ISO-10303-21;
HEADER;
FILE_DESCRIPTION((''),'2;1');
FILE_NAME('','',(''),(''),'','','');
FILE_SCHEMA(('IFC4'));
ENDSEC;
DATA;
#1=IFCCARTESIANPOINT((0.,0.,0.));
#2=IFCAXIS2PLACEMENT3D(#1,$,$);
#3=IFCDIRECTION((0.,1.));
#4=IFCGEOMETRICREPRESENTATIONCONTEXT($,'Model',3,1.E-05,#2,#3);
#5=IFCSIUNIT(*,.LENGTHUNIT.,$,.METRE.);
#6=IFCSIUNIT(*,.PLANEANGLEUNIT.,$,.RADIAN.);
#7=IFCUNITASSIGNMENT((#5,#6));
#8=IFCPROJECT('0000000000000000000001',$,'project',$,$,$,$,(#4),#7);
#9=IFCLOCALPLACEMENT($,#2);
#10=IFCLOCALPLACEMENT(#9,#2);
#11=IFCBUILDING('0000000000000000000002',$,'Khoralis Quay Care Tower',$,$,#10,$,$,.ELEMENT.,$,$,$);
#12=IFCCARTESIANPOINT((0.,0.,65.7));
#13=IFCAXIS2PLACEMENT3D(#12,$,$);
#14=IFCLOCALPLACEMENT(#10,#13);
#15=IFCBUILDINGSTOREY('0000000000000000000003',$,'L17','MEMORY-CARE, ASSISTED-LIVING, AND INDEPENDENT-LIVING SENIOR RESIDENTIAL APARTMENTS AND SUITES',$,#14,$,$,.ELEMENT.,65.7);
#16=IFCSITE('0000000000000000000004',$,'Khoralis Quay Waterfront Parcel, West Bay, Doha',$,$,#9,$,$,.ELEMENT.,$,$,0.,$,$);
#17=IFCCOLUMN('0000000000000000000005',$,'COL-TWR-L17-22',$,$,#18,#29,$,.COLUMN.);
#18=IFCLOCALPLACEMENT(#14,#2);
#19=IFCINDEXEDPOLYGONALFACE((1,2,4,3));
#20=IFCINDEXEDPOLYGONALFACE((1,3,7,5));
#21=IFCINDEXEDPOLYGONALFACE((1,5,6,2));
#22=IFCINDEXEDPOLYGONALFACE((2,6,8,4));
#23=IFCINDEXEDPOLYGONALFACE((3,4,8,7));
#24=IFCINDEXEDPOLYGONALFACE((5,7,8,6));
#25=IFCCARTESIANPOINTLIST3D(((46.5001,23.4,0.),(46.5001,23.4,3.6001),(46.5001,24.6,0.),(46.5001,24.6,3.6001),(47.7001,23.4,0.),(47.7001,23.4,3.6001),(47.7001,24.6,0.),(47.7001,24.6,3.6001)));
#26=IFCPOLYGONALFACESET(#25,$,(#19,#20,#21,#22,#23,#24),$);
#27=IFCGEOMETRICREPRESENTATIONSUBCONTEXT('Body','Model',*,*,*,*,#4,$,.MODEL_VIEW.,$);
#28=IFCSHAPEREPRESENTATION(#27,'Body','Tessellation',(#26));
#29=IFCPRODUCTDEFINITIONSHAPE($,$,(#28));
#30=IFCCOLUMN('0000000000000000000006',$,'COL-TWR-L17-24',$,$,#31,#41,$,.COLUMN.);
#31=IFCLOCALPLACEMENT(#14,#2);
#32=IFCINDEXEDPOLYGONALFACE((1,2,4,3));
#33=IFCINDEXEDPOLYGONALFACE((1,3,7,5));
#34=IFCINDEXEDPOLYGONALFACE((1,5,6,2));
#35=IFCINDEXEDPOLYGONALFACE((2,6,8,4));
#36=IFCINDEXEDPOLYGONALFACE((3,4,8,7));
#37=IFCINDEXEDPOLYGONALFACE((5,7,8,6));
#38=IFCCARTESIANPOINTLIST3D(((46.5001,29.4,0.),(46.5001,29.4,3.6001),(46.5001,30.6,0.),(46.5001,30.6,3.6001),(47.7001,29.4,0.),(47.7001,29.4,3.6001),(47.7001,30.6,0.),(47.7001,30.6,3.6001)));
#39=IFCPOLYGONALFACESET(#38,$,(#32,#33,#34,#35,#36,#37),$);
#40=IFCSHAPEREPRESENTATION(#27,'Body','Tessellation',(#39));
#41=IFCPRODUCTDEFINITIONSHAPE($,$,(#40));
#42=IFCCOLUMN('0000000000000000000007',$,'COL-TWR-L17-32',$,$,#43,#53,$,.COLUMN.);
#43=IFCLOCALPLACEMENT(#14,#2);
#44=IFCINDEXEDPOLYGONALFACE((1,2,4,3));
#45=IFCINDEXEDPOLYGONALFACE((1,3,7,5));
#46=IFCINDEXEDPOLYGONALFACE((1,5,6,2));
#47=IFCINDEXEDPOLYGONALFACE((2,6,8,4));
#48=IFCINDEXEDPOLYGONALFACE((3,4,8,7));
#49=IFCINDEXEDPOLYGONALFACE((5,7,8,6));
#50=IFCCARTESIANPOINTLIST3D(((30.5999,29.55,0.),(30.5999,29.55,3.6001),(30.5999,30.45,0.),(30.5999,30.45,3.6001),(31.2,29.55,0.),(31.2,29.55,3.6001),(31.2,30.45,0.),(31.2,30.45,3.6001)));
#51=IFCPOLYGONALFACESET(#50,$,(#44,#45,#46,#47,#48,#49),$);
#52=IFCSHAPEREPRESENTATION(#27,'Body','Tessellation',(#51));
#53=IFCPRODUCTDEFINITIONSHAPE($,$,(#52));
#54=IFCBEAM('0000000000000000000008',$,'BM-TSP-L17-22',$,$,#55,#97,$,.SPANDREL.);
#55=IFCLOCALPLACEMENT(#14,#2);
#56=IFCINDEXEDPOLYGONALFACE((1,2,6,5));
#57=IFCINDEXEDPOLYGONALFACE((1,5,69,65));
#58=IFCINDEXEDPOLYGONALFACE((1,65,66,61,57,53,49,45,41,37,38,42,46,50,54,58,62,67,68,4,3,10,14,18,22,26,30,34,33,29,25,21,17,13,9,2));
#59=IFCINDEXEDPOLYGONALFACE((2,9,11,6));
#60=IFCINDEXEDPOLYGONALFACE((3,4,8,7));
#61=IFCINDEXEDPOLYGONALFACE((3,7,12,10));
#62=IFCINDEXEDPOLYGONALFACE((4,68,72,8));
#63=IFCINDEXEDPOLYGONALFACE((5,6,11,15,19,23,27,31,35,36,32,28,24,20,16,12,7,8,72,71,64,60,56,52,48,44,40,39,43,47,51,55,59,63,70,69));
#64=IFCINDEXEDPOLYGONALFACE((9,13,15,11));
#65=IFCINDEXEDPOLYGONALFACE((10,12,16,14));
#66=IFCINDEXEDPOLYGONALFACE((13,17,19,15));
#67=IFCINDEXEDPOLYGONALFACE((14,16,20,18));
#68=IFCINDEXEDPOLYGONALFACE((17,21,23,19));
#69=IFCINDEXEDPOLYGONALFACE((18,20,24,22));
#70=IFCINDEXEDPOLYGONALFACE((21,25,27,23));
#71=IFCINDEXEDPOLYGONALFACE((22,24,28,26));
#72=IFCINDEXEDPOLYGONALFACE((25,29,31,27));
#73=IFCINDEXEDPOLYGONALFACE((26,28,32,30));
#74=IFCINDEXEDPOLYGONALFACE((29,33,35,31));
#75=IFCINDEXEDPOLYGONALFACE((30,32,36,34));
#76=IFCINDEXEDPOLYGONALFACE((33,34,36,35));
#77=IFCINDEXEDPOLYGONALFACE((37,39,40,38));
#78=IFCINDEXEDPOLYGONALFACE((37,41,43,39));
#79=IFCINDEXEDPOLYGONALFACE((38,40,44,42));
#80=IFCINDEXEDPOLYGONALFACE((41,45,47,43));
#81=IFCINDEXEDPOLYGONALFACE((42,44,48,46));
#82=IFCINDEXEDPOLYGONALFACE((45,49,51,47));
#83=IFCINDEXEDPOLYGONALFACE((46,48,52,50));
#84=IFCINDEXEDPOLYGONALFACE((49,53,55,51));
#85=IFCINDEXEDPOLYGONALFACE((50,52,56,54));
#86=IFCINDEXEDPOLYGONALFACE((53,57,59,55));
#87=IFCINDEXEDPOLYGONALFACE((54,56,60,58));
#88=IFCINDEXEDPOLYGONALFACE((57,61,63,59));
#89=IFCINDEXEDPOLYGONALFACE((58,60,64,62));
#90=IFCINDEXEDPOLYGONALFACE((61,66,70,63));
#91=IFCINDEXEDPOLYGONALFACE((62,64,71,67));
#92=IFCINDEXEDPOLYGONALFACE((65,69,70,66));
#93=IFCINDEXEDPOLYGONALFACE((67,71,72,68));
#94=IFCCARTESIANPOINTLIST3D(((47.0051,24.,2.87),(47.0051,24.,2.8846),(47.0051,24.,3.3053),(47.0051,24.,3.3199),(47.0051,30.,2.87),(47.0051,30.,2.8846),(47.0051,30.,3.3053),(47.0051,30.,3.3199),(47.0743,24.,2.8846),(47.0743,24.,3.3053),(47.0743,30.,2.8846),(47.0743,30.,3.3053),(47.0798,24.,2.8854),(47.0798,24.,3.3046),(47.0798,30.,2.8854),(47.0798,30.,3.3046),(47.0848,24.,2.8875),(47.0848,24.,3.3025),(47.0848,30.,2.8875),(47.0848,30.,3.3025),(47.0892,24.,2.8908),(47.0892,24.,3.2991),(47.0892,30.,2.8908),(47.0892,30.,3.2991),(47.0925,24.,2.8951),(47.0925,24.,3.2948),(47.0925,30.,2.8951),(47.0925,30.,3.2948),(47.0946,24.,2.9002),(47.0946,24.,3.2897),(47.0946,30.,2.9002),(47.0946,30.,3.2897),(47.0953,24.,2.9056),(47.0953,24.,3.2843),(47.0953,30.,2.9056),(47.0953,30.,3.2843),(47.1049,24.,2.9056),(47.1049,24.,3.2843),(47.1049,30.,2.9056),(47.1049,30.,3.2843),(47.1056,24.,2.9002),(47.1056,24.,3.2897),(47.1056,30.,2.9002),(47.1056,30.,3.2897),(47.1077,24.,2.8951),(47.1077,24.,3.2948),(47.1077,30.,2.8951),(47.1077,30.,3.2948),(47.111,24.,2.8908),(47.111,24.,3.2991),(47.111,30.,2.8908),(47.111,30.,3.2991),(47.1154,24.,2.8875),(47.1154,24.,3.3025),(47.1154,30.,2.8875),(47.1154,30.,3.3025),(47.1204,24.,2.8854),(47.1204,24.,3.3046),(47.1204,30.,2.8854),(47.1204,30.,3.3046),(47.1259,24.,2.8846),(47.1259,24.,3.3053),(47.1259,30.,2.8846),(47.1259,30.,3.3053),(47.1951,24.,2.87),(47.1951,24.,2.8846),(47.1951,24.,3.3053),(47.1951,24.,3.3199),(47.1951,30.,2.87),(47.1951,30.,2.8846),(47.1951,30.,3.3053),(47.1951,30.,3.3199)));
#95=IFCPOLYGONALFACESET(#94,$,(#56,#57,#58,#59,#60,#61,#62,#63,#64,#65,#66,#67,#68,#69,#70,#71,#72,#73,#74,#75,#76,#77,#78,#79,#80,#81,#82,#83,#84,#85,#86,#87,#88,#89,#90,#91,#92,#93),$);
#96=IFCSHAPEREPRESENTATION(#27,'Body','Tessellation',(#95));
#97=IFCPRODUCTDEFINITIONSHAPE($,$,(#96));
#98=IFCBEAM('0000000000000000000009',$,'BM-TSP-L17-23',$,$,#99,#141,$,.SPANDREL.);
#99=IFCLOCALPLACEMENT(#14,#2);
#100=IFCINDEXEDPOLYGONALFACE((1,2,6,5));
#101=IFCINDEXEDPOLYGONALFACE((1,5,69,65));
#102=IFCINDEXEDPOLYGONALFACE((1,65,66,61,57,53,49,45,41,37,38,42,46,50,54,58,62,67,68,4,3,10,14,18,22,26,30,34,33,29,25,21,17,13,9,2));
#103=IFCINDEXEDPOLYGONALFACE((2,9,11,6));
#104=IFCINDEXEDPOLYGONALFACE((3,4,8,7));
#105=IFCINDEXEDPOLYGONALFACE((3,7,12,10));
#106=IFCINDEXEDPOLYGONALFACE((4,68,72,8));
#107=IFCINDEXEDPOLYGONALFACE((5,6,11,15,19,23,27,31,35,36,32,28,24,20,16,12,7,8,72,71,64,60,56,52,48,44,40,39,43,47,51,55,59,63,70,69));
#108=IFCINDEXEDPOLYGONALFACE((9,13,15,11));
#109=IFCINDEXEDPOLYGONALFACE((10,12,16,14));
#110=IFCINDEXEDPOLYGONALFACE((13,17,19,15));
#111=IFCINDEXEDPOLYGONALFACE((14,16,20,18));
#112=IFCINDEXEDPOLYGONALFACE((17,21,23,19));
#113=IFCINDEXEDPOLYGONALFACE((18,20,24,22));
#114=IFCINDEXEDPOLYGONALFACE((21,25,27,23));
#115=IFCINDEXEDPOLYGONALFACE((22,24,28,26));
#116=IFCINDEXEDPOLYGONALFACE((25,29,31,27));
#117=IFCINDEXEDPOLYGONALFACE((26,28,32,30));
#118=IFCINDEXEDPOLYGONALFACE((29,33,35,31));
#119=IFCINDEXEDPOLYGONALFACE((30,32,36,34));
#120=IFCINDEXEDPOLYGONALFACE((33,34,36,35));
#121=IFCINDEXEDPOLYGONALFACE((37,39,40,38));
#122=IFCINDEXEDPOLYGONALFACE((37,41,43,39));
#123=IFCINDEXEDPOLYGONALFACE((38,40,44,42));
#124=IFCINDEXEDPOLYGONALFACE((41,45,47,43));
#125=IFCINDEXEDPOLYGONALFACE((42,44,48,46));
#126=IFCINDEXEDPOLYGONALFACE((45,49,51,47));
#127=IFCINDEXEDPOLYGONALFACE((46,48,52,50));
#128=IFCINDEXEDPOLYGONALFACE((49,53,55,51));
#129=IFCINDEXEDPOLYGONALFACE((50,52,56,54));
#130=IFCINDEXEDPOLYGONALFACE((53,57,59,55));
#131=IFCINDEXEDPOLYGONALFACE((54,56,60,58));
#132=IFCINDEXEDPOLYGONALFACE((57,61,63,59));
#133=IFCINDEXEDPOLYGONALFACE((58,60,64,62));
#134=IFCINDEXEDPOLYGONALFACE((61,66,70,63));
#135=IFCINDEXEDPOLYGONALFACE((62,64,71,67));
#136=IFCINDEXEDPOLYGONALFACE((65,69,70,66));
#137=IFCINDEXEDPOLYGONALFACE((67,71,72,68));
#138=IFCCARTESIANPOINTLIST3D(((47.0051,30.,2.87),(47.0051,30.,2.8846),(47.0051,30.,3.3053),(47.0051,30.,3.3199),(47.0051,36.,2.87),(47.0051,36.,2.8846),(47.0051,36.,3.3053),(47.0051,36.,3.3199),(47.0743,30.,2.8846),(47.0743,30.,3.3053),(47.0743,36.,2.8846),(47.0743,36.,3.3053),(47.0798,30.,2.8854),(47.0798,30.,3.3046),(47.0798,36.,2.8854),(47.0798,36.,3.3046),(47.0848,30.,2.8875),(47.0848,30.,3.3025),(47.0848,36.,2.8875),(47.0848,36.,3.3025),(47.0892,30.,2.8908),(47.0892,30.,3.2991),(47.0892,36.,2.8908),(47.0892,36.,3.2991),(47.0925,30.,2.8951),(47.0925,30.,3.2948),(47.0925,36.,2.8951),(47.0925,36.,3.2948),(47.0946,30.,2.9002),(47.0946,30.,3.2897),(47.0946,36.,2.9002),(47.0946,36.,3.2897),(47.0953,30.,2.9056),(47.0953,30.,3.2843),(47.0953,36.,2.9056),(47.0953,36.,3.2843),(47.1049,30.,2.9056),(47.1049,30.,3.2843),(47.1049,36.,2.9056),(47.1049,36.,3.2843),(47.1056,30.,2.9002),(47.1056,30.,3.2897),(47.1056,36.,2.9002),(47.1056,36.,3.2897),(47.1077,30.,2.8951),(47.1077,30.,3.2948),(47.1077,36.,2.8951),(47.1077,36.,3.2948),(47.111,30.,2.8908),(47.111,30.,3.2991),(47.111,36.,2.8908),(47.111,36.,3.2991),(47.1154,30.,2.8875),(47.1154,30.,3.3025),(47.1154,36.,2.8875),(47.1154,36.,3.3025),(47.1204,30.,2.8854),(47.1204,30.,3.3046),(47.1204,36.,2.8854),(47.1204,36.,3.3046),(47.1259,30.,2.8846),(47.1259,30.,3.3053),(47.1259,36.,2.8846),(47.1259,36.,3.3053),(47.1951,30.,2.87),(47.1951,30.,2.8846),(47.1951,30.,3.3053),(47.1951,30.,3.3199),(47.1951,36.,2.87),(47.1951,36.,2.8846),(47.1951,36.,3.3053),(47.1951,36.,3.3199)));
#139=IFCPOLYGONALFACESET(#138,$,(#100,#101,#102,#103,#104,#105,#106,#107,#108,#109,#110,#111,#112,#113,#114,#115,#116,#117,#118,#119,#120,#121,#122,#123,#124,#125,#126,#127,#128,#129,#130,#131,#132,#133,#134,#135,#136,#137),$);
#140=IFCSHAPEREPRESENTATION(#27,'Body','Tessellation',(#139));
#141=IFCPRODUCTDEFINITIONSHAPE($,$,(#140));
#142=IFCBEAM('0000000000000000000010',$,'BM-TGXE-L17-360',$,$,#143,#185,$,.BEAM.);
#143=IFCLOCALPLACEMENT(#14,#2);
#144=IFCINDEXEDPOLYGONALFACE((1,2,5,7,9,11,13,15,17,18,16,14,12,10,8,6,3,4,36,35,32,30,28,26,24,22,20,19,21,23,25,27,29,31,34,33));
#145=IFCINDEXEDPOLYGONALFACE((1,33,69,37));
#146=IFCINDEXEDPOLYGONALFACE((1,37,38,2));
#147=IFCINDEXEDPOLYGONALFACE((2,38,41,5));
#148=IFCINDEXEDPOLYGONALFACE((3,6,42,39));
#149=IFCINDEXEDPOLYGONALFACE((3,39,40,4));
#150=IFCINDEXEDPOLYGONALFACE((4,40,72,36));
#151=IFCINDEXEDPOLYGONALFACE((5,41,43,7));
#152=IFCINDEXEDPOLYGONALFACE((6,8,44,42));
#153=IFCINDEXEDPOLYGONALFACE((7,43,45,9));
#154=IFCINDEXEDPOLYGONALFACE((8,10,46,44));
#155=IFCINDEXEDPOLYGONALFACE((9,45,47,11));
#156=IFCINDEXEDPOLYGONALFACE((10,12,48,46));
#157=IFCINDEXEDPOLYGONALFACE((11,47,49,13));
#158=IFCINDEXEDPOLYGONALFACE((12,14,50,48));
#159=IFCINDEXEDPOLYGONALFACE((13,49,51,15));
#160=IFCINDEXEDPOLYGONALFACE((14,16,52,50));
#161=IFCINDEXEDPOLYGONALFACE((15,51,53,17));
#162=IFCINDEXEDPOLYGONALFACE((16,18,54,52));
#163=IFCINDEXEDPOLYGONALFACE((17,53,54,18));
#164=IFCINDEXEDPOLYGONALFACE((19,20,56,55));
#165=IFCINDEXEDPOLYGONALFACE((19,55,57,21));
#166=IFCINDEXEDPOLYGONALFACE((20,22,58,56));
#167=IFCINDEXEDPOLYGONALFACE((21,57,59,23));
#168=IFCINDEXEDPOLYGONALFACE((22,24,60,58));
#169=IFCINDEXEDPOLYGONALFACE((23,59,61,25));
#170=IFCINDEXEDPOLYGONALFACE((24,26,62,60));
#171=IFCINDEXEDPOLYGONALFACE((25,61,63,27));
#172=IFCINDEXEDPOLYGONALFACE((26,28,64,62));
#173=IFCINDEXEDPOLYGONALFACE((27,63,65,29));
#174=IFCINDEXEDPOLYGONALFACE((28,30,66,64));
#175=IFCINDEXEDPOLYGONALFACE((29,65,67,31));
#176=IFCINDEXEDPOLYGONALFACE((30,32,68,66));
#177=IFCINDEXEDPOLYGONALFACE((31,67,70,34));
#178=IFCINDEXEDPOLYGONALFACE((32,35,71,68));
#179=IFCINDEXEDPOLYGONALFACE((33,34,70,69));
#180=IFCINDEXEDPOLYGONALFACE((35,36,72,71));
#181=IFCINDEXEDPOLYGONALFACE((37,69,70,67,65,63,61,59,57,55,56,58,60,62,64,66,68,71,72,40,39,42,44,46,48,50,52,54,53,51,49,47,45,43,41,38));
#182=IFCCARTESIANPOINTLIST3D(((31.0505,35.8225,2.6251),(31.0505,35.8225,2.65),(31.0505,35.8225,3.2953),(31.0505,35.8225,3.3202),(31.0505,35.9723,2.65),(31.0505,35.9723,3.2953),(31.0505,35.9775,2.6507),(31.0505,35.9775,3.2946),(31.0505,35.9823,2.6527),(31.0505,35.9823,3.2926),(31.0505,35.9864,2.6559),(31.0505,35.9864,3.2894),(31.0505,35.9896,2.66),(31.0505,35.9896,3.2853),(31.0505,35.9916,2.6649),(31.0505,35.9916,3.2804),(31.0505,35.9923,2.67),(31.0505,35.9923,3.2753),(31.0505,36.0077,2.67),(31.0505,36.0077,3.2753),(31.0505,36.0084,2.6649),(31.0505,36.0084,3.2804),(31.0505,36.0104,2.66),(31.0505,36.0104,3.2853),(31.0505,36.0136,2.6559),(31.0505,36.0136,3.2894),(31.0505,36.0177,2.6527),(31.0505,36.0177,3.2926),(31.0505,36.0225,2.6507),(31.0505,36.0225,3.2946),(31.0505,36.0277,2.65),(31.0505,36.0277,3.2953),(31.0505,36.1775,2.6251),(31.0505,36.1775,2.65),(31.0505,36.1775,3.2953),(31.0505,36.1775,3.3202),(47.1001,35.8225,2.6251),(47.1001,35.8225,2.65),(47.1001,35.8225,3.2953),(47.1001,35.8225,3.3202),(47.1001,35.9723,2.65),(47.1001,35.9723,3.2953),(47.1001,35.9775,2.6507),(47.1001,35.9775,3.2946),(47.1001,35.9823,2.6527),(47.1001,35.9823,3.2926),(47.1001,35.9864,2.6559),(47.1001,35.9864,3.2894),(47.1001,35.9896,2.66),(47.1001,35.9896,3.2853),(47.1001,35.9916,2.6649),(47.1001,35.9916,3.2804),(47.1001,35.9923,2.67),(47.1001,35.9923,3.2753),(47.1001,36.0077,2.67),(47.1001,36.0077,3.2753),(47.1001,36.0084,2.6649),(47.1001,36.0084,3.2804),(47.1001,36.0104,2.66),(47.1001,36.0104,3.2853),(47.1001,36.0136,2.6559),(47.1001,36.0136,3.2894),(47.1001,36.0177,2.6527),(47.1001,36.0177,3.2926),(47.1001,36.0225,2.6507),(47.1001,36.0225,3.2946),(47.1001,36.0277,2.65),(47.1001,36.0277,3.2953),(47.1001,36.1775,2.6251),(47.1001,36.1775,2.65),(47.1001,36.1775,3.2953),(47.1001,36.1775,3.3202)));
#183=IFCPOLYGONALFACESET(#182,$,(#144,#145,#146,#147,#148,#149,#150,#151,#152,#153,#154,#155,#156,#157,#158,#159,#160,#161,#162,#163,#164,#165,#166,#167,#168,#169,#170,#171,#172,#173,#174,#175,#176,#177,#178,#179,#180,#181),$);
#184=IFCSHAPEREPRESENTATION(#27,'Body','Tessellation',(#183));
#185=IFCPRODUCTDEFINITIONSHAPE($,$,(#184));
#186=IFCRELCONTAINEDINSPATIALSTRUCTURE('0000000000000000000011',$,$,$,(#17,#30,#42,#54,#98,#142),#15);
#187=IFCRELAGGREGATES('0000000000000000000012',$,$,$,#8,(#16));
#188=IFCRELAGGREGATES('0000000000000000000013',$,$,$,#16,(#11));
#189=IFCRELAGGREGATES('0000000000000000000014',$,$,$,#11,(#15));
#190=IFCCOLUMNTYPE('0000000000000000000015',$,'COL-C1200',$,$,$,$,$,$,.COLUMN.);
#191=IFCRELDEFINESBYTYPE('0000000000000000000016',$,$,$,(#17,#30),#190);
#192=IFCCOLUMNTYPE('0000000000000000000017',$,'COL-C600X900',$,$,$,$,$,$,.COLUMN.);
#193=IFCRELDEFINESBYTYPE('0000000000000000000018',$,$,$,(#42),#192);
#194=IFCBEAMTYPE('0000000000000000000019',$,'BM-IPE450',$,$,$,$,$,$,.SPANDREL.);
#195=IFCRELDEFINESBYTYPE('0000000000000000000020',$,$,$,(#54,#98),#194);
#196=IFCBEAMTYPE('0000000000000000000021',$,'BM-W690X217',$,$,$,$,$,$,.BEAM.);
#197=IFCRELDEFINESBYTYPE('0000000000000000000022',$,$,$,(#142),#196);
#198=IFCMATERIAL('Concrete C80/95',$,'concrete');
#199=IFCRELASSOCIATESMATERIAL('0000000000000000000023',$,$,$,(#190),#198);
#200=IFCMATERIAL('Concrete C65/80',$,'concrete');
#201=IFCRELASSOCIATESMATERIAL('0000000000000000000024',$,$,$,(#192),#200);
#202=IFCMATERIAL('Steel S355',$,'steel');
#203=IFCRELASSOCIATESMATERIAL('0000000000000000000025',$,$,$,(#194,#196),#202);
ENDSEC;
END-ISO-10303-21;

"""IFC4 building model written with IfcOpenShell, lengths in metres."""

from ifc_helpers import new_model, si_unit, direction, frame, origin, origin_2d, place, context, subcontext, project, spatial, rectangle, i_section, extrude, source, transform, mapped, material, material_profile, profile_set, type_object, element, save


model = new_model("IFC4")

# Units and contexts
model_context = context("Model", 3, precision=1e-05, world=origin(), true_north=direction((0.0, 1.0)))
body_context = subcontext(model_context, "Body", "Model", "MODEL_VIEW")
ifc_project = project(units=[si_unit("LENGTHUNIT", "METRE"), si_unit("PLANEANGLEUNIT", "RADIAN")], contexts=[model_context])

# Site, building, storey
site_placement = place(None, origin())
site = spatial("IfcSite", under=ifc_project, at=site_placement, Name="Khoralis Quay Waterfront Parcel, West Bay, Doha", CompositionType="ELEMENT", RefElevation=0.0)
building_placement = place(site_placement, origin())
building = spatial("IfcBuilding", under=site, at=building_placement, Name="Khoralis Quay Care Tower", CompositionType="ELEMENT")
storey_placement = place(building_placement, frame((0.0, 0.0, 65.7)))
storey = spatial("IfcBuildingStorey", under=building, at=storey_placement, Name="L17", Description="MEMORY-CARE, ASSISTED-LIVING, AND INDEPENDENT-LIVING SENIOR RESIDENTIAL APARTMENTS AND SUITES", CompositionType="ELEMENT", Elevation=65.7)

# Columns
ifc_material_1 = material(Name="Concrete C80/95", Category="concrete")
ifc_material_profile_1 = material_profile(ifc_material_1, rectangle(XDim=1.2, YDim=1.2, at=origin_2d()), Name="Concrete C80/95")
ifc_profile_set_1 = profile_set([ifc_material_profile_1], Name="Concrete C80/95")
column_type_1 = type_object("IfcColumnType", Name="COL-C1200", PredefinedType="COLUMN", material=ifc_profile_set_1)
shared_shape_1 = source(origin(), body_context, "Body", "SweptSolid", [
    extrude(rectangle(XDim=1.2, YDim=1.2, at=origin_2d()), origin(), (0.0, 0.0, 1.0), 3.6001),
])
for number, where, z_axis, x_axis, name in (
    (1, (47.1001, 24.0, 0.0), (0.0, 0.0, 1.0), (1.0, 0.0, 0.0), "COL-TWR-L17-22"),
    (2, (47.1001, 30.0, 0.0), (0.0, 0.0, 1.0), (1.0, 0.0, 0.0), "COL-TWR-L17-24"),
):
    element("IfcColumn", number, at=place(storey_placement, frame(where, z_axis=z_axis, x_axis=x_axis)), inside=storey, type_object=column_type_1, Name=name, PredefinedType="COLUMN", context=body_context, shape_type="MappedRepresentation", body=[
        mapped(shared_shape_1, transform((0.0, 0.0, 0.0), scale=1.0)),
    ])
ifc_material_2 = material(Name="Concrete C65/80", Category="concrete")
ifc_material_profile_2 = material_profile(ifc_material_2, rectangle(XDim=0.6001, YDim=0.8999, at=origin_2d()), Name="Concrete C65/80")
ifc_profile_set_2 = profile_set([ifc_material_profile_2], Name="Concrete C65/80")
column_type_2 = type_object("IfcColumnType", Name="COL-C600X900", PredefinedType="COLUMN", material=ifc_profile_set_2)
shared_shape_2 = source(origin(), body_context, "Body", "SweptSolid", [
    extrude(rectangle(XDim=0.6001, YDim=0.8999, at=origin_2d()), origin(), (0.0, 0.0, 1.0), 3.6001),
])
column_placement = place(storey_placement, frame((30.8999, 30.0, 0.0), z_axis=(0.0, 0.0, 1.0), x_axis=(1.0, 0.0, 0.0)))
element("IfcColumn", 3, at=column_placement, inside=storey, type_object=column_type_2, Name="COL-TWR-L17-32", PredefinedType="COLUMN", context=body_context, shape_type="MappedRepresentation", body=[
    mapped(shared_shape_2, transform((0.0, 0.0, 0.0), scale=1.0)),
])

# Beams
ifc_material_3 = material(Name="Steel S355", Category="steel")
ifc_material_profile_3 = material_profile(ifc_material_3, i_section(OverallWidth=0.1899, OverallDepth=0.45, WebThickness=0.0095, FlangeThickness=0.0146, FilletRadius=0.021, at=origin_2d()), Name="Steel S355")
ifc_profile_set_3 = profile_set([ifc_material_profile_3], Name="Steel S355")
beam_type_1 = type_object("IfcBeamType", Name="BM-IPE450", PredefinedType="SPANDREL", material=ifc_profile_set_3)
shared_shape_3 = source(origin(), body_context, "Body", "SweptSolid", [
    extrude(i_section(OverallWidth=0.1899, OverallDepth=0.45, WebThickness=0.0095, FlangeThickness=0.0146, FilletRadius=0.021, at=origin_2d()), origin(), (0.0, 0.0, 1.0), 6.0),
])
for number, where, z_axis, x_axis, name in (
    (4, (47.1001, 24.0, 3.095), (0.0, 1.0, 0.0), (-1.0, 0.0, 0.0), "BM-TSP-L17-22"),
    (5, (47.1001, 30.0, 3.095), (0.0, 1.0, 0.0), (-1.0, 0.0, 0.0), "BM-TSP-L17-23"),
):
    element("IfcBeam", number, at=place(storey_placement, frame(where, z_axis=z_axis, x_axis=x_axis)), inside=storey, type_object=beam_type_1, Name=name, PredefinedType="SPANDREL", context=body_context, shape_type="MappedRepresentation", body=[
        mapped(shared_shape_3, transform((0.0, 0.0, 0.0), scale=1.0)),
    ])
ifc_material_profile_4 = material_profile(ifc_material_3, i_section(OverallWidth=0.355, OverallDepth=0.6951, WebThickness=0.0154, FlangeThickness=0.0249, FilletRadius=0.02, at=origin_2d()), Name="Steel S355")
ifc_profile_set_4 = profile_set([ifc_material_profile_4], Name="Steel S355")
beam_type_2 = type_object("IfcBeamType", Name="BM-W690X217", PredefinedType="BEAM", material=ifc_profile_set_4)
shared_shape_4 = source(origin(), body_context, "Body", "SweptSolid", [
    extrude(i_section(OverallWidth=0.355, OverallDepth=0.6951, WebThickness=0.0154, FlangeThickness=0.0249, FilletRadius=0.02, at=origin_2d()), origin(), (0.0, 0.0, 1.0), 16.0496),
])
beam_1_placement = place(storey_placement, frame((31.0505, 36.0, 2.9727), z_axis=(1.0, 0.0, 0.0), x_axis=(0.0, 1.0, 0.0)))
element("IfcBeam", 6, at=beam_1_placement, inside=storey, type_object=beam_type_2, Name="BM-TGXE-L17-360", PredefinedType="BEAM", context=body_context, shape_type="MappedRepresentation", body=[
    mapped(shared_shape_4, transform((0.0, 0.0, 0.0), scale=1.0)),
])

save(model, "model.ifc")
